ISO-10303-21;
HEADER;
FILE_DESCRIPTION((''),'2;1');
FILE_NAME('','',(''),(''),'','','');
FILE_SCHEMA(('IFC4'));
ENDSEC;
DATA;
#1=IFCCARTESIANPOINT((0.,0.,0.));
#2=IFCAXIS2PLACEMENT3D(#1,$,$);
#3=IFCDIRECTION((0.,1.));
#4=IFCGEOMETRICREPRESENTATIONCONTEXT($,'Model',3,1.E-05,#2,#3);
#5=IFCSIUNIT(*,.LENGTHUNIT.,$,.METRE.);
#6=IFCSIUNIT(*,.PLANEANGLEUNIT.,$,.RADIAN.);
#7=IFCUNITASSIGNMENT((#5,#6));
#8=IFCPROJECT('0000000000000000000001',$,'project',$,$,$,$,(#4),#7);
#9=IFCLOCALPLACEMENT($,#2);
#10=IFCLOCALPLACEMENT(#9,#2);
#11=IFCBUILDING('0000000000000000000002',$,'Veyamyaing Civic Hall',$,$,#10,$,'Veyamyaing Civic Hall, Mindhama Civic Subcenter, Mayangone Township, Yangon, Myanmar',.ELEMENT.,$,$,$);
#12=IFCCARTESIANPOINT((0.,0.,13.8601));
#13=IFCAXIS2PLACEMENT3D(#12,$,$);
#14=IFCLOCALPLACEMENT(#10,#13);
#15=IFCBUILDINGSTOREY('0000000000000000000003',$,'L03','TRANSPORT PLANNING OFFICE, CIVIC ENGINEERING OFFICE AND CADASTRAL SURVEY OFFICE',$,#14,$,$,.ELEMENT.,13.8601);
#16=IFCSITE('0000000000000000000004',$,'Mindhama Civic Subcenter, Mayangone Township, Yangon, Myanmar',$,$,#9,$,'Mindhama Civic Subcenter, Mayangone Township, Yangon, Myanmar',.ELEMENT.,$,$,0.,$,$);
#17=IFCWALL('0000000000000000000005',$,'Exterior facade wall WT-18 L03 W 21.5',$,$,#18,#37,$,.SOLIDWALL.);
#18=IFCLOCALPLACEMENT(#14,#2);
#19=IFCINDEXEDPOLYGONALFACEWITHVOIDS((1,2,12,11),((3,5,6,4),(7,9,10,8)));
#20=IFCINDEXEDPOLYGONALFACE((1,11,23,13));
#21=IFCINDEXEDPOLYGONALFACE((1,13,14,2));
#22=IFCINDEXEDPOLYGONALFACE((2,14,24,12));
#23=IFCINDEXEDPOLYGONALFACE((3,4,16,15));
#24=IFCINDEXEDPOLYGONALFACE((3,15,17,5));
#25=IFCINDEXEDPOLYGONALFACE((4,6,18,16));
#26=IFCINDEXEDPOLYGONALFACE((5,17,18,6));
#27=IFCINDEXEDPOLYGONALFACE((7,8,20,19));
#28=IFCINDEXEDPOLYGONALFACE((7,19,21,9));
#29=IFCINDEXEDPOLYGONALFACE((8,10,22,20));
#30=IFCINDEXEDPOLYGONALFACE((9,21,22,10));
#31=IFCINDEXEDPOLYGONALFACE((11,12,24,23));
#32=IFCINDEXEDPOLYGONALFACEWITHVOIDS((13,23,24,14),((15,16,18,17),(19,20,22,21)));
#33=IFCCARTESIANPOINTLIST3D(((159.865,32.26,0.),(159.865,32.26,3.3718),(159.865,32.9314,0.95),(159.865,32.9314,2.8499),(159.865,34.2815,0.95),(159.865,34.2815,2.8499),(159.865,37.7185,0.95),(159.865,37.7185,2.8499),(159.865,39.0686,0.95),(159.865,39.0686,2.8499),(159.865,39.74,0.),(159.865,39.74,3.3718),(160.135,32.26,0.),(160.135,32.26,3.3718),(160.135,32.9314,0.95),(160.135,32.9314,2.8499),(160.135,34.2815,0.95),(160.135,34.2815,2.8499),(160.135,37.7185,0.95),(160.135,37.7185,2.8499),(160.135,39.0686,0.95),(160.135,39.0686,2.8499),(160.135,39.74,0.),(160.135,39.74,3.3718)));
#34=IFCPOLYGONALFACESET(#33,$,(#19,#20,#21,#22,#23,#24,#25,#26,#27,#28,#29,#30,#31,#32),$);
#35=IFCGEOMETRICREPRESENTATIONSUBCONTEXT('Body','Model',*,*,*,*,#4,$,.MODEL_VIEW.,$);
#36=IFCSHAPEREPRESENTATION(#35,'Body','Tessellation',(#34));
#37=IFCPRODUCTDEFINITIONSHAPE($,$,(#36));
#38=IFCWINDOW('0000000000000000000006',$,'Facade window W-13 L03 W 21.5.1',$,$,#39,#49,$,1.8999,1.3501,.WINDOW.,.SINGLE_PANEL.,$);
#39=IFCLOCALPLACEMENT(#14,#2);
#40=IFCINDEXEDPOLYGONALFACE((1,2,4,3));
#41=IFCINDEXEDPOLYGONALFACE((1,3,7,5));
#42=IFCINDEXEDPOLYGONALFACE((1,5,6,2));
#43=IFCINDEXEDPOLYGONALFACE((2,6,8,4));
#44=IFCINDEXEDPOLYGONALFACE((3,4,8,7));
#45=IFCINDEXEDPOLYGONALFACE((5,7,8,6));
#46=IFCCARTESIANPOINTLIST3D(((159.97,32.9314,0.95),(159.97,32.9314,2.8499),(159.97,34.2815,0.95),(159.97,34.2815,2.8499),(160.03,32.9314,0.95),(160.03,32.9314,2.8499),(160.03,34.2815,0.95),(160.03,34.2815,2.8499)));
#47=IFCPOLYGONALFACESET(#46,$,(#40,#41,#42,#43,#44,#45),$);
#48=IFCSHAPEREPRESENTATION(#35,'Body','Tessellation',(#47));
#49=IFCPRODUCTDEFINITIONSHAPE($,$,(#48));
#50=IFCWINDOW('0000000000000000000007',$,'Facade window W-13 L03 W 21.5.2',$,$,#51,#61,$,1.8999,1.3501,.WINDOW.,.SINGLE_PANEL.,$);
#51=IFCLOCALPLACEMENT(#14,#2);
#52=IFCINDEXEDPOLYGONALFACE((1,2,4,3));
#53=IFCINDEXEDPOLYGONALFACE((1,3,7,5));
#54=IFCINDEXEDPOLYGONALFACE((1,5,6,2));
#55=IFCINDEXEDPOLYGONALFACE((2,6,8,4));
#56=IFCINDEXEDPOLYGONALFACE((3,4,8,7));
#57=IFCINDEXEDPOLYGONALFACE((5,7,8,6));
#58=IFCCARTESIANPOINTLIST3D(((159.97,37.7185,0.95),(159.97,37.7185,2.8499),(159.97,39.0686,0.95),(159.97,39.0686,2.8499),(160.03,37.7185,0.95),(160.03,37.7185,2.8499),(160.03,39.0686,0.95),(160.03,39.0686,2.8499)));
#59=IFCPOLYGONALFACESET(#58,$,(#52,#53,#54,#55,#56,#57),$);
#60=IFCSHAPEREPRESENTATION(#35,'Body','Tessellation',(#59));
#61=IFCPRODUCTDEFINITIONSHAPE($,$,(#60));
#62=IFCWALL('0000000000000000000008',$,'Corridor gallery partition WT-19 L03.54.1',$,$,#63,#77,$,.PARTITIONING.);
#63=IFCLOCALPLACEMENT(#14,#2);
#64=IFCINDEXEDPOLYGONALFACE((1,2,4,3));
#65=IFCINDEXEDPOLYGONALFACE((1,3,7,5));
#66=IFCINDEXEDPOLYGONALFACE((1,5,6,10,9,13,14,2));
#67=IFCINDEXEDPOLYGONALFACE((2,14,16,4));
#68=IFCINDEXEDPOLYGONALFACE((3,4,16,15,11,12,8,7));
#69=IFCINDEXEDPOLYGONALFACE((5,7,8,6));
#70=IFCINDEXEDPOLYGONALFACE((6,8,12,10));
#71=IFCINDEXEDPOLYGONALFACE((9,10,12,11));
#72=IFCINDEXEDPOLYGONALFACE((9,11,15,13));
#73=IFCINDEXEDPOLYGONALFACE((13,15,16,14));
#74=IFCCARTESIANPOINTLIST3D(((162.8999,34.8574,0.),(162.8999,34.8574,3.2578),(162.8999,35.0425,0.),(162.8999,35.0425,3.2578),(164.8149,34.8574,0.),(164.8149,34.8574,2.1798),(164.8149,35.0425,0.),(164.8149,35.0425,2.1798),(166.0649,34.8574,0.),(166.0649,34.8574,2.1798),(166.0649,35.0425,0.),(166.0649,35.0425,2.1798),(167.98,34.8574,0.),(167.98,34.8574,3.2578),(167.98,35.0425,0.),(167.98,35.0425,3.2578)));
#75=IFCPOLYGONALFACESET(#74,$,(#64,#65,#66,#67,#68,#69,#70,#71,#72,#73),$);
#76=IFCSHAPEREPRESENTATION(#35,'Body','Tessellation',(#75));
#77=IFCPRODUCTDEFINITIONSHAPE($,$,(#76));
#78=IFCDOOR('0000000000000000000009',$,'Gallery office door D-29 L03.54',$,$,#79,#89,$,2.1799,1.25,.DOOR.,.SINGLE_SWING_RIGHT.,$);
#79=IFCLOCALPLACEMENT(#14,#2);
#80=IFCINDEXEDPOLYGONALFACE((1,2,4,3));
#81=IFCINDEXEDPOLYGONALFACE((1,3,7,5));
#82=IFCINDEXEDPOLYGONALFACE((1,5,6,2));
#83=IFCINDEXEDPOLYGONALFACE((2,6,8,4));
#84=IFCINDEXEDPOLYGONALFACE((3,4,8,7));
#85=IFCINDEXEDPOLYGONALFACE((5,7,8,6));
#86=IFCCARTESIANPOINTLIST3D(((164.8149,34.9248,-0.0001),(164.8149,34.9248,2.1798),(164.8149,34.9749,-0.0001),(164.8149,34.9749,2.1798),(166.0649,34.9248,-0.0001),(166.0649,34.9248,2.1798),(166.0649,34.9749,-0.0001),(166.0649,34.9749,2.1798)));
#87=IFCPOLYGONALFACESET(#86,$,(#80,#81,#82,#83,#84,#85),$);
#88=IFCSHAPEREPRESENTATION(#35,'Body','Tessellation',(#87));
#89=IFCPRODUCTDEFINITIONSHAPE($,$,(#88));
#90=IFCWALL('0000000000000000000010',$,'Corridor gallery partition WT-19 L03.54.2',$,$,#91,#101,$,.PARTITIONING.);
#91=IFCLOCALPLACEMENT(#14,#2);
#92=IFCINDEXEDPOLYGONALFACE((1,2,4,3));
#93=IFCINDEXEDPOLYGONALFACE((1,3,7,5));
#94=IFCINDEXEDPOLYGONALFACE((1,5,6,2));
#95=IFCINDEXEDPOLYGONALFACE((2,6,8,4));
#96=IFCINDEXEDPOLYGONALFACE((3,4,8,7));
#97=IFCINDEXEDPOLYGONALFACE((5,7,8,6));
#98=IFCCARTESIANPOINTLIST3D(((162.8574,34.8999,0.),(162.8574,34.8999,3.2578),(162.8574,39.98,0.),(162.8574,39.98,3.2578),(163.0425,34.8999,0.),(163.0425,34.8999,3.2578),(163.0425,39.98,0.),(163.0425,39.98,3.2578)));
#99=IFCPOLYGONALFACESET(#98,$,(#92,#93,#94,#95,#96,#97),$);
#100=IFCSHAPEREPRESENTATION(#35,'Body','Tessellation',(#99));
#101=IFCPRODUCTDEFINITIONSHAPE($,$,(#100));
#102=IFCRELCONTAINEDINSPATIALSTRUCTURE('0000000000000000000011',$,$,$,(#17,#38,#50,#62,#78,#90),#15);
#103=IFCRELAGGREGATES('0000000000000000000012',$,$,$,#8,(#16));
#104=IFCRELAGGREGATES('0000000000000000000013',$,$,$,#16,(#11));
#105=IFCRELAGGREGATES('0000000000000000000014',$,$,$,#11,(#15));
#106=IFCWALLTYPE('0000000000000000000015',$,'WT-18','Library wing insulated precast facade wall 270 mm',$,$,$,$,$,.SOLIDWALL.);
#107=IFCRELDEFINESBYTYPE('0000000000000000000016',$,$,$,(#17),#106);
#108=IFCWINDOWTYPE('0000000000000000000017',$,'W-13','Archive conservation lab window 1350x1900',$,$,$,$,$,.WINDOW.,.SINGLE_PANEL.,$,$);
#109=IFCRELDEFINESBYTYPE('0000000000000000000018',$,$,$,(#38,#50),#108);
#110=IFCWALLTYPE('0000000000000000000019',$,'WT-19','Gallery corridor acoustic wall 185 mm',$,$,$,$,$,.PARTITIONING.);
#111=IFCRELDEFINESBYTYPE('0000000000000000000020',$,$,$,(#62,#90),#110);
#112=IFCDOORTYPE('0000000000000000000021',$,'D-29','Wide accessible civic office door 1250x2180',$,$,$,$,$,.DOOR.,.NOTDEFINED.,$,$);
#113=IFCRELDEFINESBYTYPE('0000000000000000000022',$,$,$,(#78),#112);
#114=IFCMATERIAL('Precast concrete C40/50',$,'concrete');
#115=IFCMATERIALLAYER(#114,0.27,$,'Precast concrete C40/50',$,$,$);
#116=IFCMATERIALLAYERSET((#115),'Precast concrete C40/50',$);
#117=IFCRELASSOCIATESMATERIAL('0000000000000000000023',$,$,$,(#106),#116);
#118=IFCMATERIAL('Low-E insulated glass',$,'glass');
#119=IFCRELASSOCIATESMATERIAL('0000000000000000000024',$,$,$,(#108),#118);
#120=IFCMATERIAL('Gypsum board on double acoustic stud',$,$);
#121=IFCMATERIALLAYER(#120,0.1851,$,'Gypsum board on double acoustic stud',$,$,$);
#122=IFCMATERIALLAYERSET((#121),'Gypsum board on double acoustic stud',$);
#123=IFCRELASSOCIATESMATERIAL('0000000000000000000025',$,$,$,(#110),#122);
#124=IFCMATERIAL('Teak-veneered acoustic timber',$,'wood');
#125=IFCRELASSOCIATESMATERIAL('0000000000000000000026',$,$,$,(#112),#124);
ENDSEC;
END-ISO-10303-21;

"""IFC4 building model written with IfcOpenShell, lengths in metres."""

from ifc_helpers import new_model, si_unit, direction, frame, frame_2d, origin, place, context, subcontext, project, spatial, rectangle, extrude, material, layer, layer_set, type_object, element, fill, save


model = new_model("IFC4")

# Units and contexts
model_context = context("Model", 3, precision=1e-05, world=origin(), true_north=direction((0.0, 1.0)))
body_context = subcontext(model_context, "Body", "Model", "MODEL_VIEW")
ifc_project = project(units=[si_unit("LENGTHUNIT", "METRE"), si_unit("PLANEANGLEUNIT", "RADIAN")], contexts=[model_context])

# Site, building, storey
site_placement = place(None, origin())
site = spatial("IfcSite", under=ifc_project, at=site_placement, Name="Mindhama Civic Subcenter, Mayangone Township, Yangon, Myanmar", LongName="Mindhama Civic Subcenter, Mayangone Township, Yangon, Myanmar", CompositionType="ELEMENT", RefElevation=0.0)
building_placement = place(site_placement, origin())
building = spatial("IfcBuilding", under=site, at=building_placement, Name="Veyamyaing Civic Hall", LongName="Veyamyaing Civic Hall, Mindhama Civic Subcenter, Mayangone Township, Yangon, Myanmar", CompositionType="ELEMENT")
storey_placement = place(building_placement, frame((0.0, 0.0, 13.8601)))
storey = spatial("IfcBuildingStorey", under=building, at=storey_placement, Name="L03", Description="TRANSPORT PLANNING OFFICE, CIVIC ENGINEERING OFFICE AND CADASTRAL SURVEY OFFICE", CompositionType="ELEMENT", Elevation=13.8601)

# Shared definitions
ifc_material_1 = material(Name="Low-E insulated glass", Category="glass")

# Wall, openings, windows
ifc_material_2 = material(Name="Precast concrete C40/50", Category="concrete")
ifc_layer_1 = layer(ifc_material_2, 0.27, Name="Precast concrete C40/50")
ifc_layer_set_1 = layer_set([ifc_layer_1], Name="Precast concrete C40/50")
wall_type_1 = type_object("IfcWallType", Name="WT-18", Description="Library wing insulated precast facade wall 270 mm", PredefinedType="SOLIDWALL", material=ifc_layer_set_1)
wall_1_placement = place(storey_placement, frame((160.0, 32.26, 0.0), z_axis=(0.0, 0.0, 1.0), x_axis=(0.0, 1.0, 0.0)))
wall_1 = element("IfcWall", 1, at=wall_1_placement, inside=storey, type_object=wall_type_1, Name="Exterior facade wall WT-18 L03 W 21.5", PredefinedType="SOLIDWALL", context=body_context, shape_type="SweptSolid", body=[
    extrude(rectangle(XDim=7.48, YDim=0.27, at=frame_2d((3.74, 0.0))), origin(), (0.0, 0.0, 1.0), 3.3718),
])
opening_1_placement = place(wall_1_placement, frame((0.6714, 0.0, 0.95)))
opening_1 = element("IfcOpeningElement", 2, at=opening_1_placement, cuts=wall_1, PredefinedType="OPENING", context=body_context, shape_type="SweptSolid", body=[
    extrude(rectangle(XDim=1.3501, YDim=1.8999, at=frame_2d((0.675, 0.95))), frame((0.0, 0.145, 0.0), z_axis=(0.0, -1.0, 0.0), x_axis=(1.0, 0.0, 0.0)), (0.0, 0.0, 1.0), 0.29),
])
opening_2_placement = place(wall_1_placement, frame((5.4585, 0.0, 0.95)))
opening_2 = element("IfcOpeningElement", 3, at=opening_2_placement, cuts=wall_1, PredefinedType="OPENING", context=body_context, shape_type="SweptSolid", body=[
    extrude(rectangle(XDim=1.3501, YDim=1.8999, at=frame_2d((0.675, 0.95))), frame((0.0, 0.145, 0.0), z_axis=(0.0, -1.0, 0.0), x_axis=(1.0, 0.0, 0.0)), (0.0, 0.0, 1.0), 0.29),
])
window_type = type_object("IfcWindowType", Name="W-13", Description="Archive conservation lab window 1350x1900", PartitioningType="SINGLE_PANEL", PredefinedType="WINDOW", material=ifc_material_1)
window_1_placement = place(opening_1_placement, origin())
window_1 = element("IfcWindow", 4, at=window_1_placement, inside=storey, type_object=window_type, Name="Facade window W-13 L03 W 21.5.1", OverallHeight=1.8999, OverallWidth=1.3501, PartitioningType="SINGLE_PANEL", PredefinedType="WINDOW", context=body_context, shape_type="SweptSolid", body=[
    extrude(rectangle(XDim=1.3501, YDim=1.8999, at=frame_2d((0.675, 0.95))), frame((0.0, 0.03, 0.0), z_axis=(0.0, -1.0, 0.0), x_axis=(1.0, 0.0, 0.0)), (0.0, 0.0, 1.0), 0.0601),
])
fill(opening_1, window_1)
window_2_placement = place(opening_2_placement, origin())
window_2 = element("IfcWindow", 5, at=window_2_placement, inside=storey, type_object=window_type, Name="Facade window W-13 L03 W 21.5.2", OverallHeight=1.8999, OverallWidth=1.3501, PartitioningType="SINGLE_PANEL", PredefinedType="WINDOW", context=body_context, shape_type="SweptSolid", body=[
    extrude(rectangle(XDim=1.3501, YDim=1.8999, at=frame_2d((0.675, 0.95))), frame((0.0, 0.03, 0.0), z_axis=(0.0, -1.0, 0.0), x_axis=(1.0, 0.0, 0.0)), (0.0, 0.0, 1.0), 0.0601),
])
fill(opening_2, window_2)

# Wall, opening, door
ifc_material_3 = material(Name="Gypsum board on double acoustic stud")
ifc_layer_2 = layer(ifc_material_3, 0.1851, Name="Gypsum board on double acoustic stud")
ifc_layer_set_2 = layer_set([ifc_layer_2], Name="Gypsum board on double acoustic stud")
wall_type_2 = type_object("IfcWallType", Name="WT-19", Description="Gallery corridor acoustic wall 185 mm", PredefinedType="PARTITIONING", material=ifc_layer_set_2)
wall_2_placement = place(storey_placement, frame((162.8999, 34.95, 0.0), z_axis=(0.0, 0.0, 1.0), x_axis=(1.0, 0.0, 0.0)))
wall_2 = element("IfcWall", 6, at=wall_2_placement, inside=storey, type_object=wall_type_2, Name="Corridor gallery partition WT-19 L03.54.1", PredefinedType="PARTITIONING", context=body_context, shape_type="SweptSolid", body=[
    extrude(rectangle(XDim=5.0801, YDim=0.1851, at=frame_2d((2.54, 0.0))), origin(), (0.0, 0.0, 1.0), 3.2578),
])
opening_3_placement = place(wall_2_placement, frame((1.915, 0.0, 0.0)))
opening_3 = element("IfcOpeningElement", 7, at=opening_3_placement, cuts=wall_2, PredefinedType="OPENING", context=body_context, shape_type="SweptSolid", body=[
    extrude(rectangle(XDim=1.25, YDim=2.1799, at=frame_2d((0.625, 1.0898))), frame((0.0, 0.1025, 0.0), z_axis=(0.0, -1.0, 0.0), x_axis=(1.0, 0.0, 0.0)), (0.0, 0.0, 1.0), 0.2051),
])
ifc_material_4 = material(Name="Teak-veneered acoustic timber", Category="wood")
door_type = type_object("IfcDoorType", Name="D-29", Description="Wide accessible civic office door 1250x2180", OperationType="NOTDEFINED", PredefinedType="DOOR", material=ifc_material_4)
door_placement = place(opening_3_placement, origin())
door = element("IfcDoor", 8, at=door_placement, inside=storey, type_object=door_type, Name="Gallery office door D-29 L03.54", OperationType="SINGLE_SWING_RIGHT", OverallHeight=2.1799, OverallWidth=1.25, PredefinedType="DOOR", context=body_context, shape_type="SweptSolid", body=[
    extrude(rectangle(XDim=1.25, YDim=2.1799, at=frame_2d((0.625, 1.0898))), frame((0.0, 0.0249, 0.0), z_axis=(0.0, -1.0, 0.0), x_axis=(1.0, 0.0, 0.0)), (0.0, 0.0, 1.0), 0.05),
])
fill(opening_3, door)

# Wall
wall_3_placement = place(storey_placement, frame((162.95, 34.8999, 0.0), z_axis=(0.0, 0.0, 1.0), x_axis=(0.0, 1.0, 0.0)))
element("IfcWall", 9, at=wall_3_placement, inside=storey, type_object=wall_type_2, Name="Corridor gallery partition WT-19 L03.54.2", PredefinedType="PARTITIONING", context=body_context, shape_type="SweptSolid", body=[
    extrude(rectangle(XDim=5.0801, YDim=0.1851, at=frame_2d((2.54, 0.0))), origin(), (0.0, 0.0, 1.0), 3.2578),
])

save(model, "model.ifc")
